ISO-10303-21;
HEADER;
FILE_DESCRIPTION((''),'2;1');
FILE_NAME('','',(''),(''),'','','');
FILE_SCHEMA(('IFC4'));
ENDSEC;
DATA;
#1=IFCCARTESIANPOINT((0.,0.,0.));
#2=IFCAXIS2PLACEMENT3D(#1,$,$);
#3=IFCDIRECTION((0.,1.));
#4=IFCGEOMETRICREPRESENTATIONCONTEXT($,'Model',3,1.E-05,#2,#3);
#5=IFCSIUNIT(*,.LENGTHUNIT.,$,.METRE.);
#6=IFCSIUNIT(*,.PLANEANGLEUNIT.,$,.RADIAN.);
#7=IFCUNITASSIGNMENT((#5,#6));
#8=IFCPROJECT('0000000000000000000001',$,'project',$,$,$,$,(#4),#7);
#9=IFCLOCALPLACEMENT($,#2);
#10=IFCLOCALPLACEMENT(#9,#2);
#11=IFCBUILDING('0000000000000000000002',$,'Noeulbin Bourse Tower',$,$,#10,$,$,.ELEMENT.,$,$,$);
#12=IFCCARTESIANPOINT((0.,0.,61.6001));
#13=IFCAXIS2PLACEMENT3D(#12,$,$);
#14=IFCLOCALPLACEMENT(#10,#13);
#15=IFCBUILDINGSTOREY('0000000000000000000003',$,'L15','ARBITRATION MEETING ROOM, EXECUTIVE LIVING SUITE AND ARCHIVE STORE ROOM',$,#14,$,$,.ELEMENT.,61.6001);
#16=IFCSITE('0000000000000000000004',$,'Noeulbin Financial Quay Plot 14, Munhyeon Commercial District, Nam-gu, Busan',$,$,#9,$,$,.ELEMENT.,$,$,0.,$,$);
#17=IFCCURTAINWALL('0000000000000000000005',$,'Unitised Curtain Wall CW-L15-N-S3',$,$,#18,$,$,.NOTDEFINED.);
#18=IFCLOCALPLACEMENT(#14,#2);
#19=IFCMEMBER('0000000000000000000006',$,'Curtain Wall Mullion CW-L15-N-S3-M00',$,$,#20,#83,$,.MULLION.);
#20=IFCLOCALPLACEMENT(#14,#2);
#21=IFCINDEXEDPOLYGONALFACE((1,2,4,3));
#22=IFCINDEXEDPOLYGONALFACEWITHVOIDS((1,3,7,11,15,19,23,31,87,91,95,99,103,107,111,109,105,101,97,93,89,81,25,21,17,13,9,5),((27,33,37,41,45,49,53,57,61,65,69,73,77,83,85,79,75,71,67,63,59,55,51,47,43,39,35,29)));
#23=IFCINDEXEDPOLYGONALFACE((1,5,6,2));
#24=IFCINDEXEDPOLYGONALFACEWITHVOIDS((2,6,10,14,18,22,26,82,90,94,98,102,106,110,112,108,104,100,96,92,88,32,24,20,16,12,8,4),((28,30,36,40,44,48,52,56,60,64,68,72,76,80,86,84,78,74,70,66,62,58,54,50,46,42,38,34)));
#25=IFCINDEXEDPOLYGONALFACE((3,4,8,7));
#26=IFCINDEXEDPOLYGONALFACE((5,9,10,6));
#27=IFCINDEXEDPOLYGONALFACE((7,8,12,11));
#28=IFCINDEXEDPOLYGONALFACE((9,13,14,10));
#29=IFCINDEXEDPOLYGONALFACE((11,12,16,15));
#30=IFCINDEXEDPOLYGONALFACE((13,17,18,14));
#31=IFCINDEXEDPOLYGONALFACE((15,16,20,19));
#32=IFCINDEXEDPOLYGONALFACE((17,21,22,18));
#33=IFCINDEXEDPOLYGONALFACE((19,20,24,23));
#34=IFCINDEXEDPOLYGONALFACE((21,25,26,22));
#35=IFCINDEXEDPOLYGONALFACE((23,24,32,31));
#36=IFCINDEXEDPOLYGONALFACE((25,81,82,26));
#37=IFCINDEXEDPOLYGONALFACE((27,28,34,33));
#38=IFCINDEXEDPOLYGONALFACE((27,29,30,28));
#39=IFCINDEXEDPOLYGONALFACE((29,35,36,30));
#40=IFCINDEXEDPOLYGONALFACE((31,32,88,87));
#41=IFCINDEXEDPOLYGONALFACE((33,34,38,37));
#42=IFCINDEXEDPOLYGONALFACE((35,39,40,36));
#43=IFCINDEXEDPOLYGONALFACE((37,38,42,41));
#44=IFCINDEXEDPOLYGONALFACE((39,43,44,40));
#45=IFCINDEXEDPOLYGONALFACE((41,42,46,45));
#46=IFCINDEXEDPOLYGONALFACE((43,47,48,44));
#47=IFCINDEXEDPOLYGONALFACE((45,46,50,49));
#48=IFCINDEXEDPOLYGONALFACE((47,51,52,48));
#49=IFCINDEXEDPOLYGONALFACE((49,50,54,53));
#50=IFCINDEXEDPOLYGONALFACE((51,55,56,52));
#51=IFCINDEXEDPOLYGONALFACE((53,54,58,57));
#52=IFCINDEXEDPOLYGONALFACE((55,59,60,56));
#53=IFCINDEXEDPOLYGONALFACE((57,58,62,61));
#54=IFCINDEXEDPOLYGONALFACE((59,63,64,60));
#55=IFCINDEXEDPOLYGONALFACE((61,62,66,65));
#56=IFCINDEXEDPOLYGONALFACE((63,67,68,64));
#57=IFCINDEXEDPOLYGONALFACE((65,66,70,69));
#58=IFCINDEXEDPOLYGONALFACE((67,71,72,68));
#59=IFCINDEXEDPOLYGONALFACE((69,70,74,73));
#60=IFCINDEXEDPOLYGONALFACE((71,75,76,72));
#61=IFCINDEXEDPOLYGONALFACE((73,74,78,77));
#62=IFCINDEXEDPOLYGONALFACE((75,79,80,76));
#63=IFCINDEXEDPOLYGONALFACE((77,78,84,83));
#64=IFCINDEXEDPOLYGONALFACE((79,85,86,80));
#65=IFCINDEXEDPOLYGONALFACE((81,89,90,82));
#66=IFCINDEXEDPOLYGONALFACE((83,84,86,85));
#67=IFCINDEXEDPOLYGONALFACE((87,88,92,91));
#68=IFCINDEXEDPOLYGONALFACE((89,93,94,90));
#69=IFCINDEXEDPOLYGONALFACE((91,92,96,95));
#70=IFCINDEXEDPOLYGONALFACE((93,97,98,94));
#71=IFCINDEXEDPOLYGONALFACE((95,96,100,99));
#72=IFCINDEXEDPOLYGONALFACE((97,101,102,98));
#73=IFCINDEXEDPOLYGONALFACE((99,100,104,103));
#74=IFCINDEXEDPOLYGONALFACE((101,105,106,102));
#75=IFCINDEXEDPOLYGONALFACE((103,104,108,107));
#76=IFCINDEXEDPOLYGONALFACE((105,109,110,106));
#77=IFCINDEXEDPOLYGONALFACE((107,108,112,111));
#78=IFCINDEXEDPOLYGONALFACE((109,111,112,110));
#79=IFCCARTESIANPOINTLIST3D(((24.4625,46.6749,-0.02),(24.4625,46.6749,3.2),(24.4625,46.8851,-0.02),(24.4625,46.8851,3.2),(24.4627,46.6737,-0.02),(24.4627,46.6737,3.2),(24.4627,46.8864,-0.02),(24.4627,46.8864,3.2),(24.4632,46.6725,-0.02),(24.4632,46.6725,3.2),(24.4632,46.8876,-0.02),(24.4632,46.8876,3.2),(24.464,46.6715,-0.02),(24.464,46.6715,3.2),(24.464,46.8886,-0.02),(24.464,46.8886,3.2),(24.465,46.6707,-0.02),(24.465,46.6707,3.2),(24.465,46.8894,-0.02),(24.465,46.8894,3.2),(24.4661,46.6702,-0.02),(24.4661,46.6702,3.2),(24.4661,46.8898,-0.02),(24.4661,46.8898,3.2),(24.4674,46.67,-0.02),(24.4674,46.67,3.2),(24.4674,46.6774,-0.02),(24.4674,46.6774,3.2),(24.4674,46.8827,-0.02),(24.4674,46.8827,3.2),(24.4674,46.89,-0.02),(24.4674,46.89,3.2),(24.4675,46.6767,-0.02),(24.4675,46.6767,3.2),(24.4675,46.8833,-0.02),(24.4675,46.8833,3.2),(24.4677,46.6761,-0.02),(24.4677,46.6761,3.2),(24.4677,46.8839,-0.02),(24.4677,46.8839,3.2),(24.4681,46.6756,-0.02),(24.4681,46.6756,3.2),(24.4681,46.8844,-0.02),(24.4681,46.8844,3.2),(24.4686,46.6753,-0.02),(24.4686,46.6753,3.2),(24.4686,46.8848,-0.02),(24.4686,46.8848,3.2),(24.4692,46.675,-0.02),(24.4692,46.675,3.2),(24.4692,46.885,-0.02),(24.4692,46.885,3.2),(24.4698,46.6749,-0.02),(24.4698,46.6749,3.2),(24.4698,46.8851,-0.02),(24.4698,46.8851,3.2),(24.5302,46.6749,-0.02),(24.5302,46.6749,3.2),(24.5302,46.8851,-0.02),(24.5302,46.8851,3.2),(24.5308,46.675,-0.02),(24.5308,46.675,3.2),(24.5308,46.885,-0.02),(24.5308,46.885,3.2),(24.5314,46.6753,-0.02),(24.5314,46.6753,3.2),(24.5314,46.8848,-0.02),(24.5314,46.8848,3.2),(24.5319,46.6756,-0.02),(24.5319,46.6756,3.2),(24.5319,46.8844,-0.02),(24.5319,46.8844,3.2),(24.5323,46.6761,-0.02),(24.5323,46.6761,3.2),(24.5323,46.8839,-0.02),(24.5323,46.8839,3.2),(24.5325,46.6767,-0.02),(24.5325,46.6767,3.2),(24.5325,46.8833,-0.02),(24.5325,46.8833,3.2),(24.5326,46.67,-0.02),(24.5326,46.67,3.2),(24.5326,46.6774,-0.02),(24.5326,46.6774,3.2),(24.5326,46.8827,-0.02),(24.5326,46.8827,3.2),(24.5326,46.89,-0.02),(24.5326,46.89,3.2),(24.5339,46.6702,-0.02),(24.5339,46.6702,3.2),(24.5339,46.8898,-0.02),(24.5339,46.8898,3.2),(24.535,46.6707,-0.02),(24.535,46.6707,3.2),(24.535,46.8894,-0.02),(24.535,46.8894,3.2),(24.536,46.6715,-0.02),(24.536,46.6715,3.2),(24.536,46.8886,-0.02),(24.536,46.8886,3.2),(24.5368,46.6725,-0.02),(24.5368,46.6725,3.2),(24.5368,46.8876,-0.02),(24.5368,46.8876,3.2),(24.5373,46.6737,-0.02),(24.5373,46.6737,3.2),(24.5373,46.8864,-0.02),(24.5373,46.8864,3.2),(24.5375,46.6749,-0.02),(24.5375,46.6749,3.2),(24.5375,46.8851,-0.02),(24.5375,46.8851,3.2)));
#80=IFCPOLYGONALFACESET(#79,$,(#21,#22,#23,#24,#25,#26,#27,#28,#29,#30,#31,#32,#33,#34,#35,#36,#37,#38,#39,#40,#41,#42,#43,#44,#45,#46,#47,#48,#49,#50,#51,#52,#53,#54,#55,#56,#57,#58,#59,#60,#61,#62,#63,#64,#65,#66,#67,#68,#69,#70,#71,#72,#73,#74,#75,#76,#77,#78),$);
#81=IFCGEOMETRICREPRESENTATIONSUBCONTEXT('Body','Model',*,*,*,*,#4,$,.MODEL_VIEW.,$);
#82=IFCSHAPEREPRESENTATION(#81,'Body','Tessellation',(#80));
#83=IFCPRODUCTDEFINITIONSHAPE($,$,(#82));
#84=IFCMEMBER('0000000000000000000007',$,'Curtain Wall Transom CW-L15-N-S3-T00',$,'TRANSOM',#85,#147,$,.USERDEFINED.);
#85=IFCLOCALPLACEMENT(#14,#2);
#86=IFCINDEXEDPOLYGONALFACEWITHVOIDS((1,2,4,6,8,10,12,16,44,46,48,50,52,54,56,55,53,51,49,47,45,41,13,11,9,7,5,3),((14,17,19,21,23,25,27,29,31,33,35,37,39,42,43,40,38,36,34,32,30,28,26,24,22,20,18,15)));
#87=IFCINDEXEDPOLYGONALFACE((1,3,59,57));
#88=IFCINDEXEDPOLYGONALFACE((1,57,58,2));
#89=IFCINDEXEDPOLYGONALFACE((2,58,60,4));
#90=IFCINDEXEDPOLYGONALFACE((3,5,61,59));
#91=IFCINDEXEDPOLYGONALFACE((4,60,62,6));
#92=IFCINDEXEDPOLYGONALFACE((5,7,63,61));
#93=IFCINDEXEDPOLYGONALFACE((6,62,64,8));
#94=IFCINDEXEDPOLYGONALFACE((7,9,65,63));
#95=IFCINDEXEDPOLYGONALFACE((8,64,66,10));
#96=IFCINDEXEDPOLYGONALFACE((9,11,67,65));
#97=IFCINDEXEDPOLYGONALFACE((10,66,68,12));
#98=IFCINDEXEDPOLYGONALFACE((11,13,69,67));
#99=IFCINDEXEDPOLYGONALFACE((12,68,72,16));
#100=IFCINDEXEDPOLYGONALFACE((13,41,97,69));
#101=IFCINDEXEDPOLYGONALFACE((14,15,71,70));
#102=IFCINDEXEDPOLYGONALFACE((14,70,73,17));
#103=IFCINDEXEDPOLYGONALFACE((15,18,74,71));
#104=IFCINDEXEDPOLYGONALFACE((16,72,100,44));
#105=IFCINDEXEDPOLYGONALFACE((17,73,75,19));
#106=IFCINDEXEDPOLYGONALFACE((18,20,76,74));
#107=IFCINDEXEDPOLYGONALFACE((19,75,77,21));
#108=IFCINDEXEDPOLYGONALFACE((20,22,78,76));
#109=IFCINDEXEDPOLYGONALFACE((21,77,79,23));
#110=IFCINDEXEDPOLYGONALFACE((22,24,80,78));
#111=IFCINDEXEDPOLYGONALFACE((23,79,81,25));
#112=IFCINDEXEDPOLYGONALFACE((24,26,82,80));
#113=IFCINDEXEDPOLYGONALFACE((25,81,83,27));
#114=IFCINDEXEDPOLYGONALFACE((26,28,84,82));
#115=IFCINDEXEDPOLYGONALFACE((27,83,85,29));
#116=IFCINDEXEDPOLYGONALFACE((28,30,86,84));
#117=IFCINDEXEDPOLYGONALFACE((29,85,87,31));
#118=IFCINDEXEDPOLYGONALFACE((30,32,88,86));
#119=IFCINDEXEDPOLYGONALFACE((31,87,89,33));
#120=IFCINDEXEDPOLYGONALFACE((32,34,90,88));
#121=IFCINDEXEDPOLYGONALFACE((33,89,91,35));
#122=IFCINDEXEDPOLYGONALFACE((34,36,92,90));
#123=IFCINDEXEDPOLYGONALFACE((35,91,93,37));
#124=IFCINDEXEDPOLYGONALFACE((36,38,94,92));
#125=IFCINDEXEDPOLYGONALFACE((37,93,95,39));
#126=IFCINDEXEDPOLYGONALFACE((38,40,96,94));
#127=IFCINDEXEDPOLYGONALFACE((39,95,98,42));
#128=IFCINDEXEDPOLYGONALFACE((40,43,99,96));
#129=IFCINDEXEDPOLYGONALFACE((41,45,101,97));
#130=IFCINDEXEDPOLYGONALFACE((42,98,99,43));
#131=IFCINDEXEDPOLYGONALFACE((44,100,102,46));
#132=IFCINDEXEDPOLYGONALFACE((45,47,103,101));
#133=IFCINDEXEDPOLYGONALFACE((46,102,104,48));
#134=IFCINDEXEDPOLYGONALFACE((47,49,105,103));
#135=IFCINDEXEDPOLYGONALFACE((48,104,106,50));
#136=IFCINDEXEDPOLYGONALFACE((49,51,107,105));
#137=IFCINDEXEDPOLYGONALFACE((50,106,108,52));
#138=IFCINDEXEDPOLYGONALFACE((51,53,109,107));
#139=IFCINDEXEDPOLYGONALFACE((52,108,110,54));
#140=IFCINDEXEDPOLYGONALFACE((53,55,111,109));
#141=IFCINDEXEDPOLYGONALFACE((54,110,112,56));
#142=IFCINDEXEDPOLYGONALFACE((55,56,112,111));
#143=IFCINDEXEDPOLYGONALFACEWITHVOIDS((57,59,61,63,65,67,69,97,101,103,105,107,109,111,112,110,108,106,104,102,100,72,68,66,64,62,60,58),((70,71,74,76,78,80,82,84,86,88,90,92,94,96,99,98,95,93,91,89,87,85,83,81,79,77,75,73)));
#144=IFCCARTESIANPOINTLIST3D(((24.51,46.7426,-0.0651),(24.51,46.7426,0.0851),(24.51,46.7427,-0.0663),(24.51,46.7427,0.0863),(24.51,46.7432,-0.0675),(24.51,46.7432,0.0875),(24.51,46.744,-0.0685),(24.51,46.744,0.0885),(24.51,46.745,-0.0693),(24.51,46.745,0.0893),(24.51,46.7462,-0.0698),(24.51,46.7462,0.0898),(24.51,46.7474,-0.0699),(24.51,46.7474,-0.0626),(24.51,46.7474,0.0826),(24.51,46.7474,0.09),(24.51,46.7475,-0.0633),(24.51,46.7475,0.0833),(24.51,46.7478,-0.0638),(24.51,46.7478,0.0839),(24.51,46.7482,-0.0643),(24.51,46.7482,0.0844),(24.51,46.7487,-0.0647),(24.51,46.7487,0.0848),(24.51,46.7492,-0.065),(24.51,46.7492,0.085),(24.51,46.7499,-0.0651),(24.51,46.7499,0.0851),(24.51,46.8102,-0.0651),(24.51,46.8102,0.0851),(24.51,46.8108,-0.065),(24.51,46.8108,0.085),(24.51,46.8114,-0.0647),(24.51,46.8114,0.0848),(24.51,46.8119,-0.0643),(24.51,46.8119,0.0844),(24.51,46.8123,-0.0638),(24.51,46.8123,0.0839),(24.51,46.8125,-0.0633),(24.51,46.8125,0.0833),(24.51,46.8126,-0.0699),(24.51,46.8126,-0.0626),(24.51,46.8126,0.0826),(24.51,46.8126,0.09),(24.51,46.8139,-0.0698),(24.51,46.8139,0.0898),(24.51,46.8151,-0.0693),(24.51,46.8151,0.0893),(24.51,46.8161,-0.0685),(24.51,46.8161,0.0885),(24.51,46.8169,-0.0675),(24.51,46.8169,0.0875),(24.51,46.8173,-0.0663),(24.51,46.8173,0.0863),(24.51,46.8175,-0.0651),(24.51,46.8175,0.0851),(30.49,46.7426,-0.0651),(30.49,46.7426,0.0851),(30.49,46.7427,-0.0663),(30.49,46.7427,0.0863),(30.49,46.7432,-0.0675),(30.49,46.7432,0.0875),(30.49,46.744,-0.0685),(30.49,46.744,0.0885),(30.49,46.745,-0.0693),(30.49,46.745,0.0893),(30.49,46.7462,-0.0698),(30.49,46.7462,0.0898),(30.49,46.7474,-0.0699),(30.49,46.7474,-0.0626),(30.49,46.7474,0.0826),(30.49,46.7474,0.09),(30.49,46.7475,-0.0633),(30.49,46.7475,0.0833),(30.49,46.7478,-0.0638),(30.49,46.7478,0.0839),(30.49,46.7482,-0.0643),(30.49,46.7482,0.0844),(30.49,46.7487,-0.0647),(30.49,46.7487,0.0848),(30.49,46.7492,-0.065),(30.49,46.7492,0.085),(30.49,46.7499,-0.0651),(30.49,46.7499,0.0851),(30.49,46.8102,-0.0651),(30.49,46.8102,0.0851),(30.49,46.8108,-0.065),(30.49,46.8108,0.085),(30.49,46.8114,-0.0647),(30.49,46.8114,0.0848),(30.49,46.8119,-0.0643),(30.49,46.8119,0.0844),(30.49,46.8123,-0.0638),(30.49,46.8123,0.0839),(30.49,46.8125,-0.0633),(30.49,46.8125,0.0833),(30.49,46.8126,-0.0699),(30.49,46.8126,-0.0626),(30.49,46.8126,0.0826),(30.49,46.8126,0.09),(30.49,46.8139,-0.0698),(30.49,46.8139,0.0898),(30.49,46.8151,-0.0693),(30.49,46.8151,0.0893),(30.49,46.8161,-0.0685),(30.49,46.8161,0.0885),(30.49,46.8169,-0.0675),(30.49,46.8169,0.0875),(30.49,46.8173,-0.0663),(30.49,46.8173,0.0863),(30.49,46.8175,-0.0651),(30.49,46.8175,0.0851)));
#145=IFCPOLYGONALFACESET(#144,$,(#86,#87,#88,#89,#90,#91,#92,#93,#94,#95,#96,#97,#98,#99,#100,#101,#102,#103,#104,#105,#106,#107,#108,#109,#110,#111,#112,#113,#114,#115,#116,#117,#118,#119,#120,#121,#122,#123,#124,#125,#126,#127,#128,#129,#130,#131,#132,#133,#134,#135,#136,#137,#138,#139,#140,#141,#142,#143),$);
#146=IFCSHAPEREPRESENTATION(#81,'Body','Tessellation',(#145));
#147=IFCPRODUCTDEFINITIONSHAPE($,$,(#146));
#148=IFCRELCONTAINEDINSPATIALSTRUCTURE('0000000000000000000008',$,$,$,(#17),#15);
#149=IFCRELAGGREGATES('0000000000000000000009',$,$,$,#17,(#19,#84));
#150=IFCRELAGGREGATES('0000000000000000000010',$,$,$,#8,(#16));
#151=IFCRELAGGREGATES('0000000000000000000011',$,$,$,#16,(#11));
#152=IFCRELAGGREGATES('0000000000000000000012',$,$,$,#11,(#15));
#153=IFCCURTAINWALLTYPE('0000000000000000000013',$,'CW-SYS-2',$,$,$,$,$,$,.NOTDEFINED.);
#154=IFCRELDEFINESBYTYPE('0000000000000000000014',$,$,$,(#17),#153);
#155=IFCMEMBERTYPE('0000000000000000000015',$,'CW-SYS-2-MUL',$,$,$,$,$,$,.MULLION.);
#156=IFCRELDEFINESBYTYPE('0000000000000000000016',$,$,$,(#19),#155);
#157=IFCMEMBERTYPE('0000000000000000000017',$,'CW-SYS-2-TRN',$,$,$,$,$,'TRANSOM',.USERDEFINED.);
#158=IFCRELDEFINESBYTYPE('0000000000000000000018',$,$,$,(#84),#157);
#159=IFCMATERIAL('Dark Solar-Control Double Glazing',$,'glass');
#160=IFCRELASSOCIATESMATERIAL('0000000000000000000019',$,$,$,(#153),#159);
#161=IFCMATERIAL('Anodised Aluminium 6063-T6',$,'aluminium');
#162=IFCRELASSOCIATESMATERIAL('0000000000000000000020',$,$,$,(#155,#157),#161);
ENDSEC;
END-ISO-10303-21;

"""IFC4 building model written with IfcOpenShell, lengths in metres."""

from ifc_helpers import new_model, si_unit, direction, frame, origin, origin_2d, place, context, subcontext, project, spatial, hollow_rectangle, extrude, material, material_profile, profile_set, type_object, element, aggregate, save


model = new_model("IFC4")

# Units and contexts
model_context = context("Model", 3, precision=1e-05, world=origin(), true_north=direction((0.0, 1.0)))
body_context = subcontext(model_context, "Body", "Model", "MODEL_VIEW")
ifc_project = project(units=[si_unit("LENGTHUNIT", "METRE"), si_unit("PLANEANGLEUNIT", "RADIAN")], contexts=[model_context])

# Site, building, storey
site_placement = place(None, origin())
site = spatial("IfcSite", under=ifc_project, at=site_placement, Name="Noeulbin Financial Quay Plot 14, Munhyeon Commercial District, Nam-gu, Busan", CompositionType="ELEMENT", RefElevation=0.0)
building_placement = place(site_placement, origin())
building = spatial("IfcBuilding", under=site, at=building_placement, Name="Noeulbin Bourse Tower", CompositionType="ELEMENT")
storey_placement = place(building_placement, frame((0.0, 0.0, 61.6001)))
storey = spatial("IfcBuildingStorey", under=building, at=storey_placement, Name="L15", Description="ARBITRATION MEETING ROOM, EXECUTIVE LIVING SUITE AND ARCHIVE STORE ROOM", CompositionType="ELEMENT", Elevation=61.6001)

# Curtain wall, members
ifc_material_1 = material(Name="Dark Solar-Control Double Glazing", Category="glass")
curtain_wall_type = type_object("IfcCurtainWallType", Name="CW-SYS-2", PredefinedType="NOTDEFINED", material=ifc_material_1)
ifc_material_2 = material(Name="Anodised Aluminium 6063-T6", Category="aluminium")
ifc_material_profile_1 = material_profile(ifc_material_2, hollow_rectangle(XDim=0.075, YDim=0.22, WallThickness=0.0049, InnerFilletRadius=0.0024, OuterFilletRadius=0.0049, at=origin_2d()), Name="ALU-MULL-75x220x5", Category="LoadBearing")
ifc_profile_set_1 = profile_set([ifc_material_profile_1], Name="Anodised Aluminium 6063-T6")
member_type_1 = type_object("IfcMemberType", Name="CW-SYS-2-MUL", PredefinedType="MULLION", material=ifc_profile_set_1)
curtain_wall_1_placement = place(storey_placement, origin())
curtain_wall_1 = element("IfcCurtainWall", 1, at=curtain_wall_1_placement, inside=storey, type_object=curtain_wall_type, Name="Unitised Curtain Wall CW-L15-N-S3", PredefinedType="NOTDEFINED")
member_1_placement = place(storey_placement, frame((24.5, 46.78, -0.02), z_axis=(0.0, 0.0, 1.0), x_axis=(1.0, 0.0, 0.0)))
member_1 = element("IfcMember", 2, at=member_1_placement, type_object=member_type_1, Name="Curtain Wall Mullion CW-L15-N-S3-M00", PredefinedType="MULLION", context=body_context, shape_type="SweptSolid", body=[
    extrude(hollow_rectangle(XDim=0.075, YDim=0.22, WallThickness=0.0049, InnerFilletRadius=0.0024, OuterFilletRadius=0.0049, at=origin_2d()), origin(), (0.0, 0.0, 1.0), 3.22),
])
ifc_material_profile_2 = material_profile(ifc_material_2, hollow_rectangle(XDim=0.075, YDim=0.1599, WallThickness=0.0049, InnerFilletRadius=0.0024, OuterFilletRadius=0.0049, at=origin_2d()), Name="ALU-TRAN-75x160x5", Category="LoadBearing")
ifc_profile_set_2 = profile_set([ifc_material_profile_2], Name="Anodised Aluminium 6063-T6")
member_type_2 = type_object("IfcMemberType", Name="CW-SYS-2-TRN", ElementType="TRANSOM", PredefinedType="USERDEFINED", material=ifc_profile_set_2)
member_2_placement = place(storey_placement, frame((24.51, 46.78, 0.01), z_axis=(1.0, 0.0, 0.0), x_axis=(0.0, 1.0, 0.0)))
member_2 = element("IfcMember", 3, at=member_2_placement, type_object=member_type_2, Name="Curtain Wall Transom CW-L15-N-S3-T00", ObjectType="TRANSOM", PredefinedType="USERDEFINED", context=body_context, shape_type="SweptSolid", body=[
    extrude(hollow_rectangle(XDim=0.075, YDim=0.1599, WallThickness=0.0049, InnerFilletRadius=0.0024, OuterFilletRadius=0.0049, at=origin_2d()), origin(), (0.0, 0.0, 1.0), 5.98),
])

aggregate(curtain_wall_1, [member_1, member_2])

save(model, "model.ifc")
